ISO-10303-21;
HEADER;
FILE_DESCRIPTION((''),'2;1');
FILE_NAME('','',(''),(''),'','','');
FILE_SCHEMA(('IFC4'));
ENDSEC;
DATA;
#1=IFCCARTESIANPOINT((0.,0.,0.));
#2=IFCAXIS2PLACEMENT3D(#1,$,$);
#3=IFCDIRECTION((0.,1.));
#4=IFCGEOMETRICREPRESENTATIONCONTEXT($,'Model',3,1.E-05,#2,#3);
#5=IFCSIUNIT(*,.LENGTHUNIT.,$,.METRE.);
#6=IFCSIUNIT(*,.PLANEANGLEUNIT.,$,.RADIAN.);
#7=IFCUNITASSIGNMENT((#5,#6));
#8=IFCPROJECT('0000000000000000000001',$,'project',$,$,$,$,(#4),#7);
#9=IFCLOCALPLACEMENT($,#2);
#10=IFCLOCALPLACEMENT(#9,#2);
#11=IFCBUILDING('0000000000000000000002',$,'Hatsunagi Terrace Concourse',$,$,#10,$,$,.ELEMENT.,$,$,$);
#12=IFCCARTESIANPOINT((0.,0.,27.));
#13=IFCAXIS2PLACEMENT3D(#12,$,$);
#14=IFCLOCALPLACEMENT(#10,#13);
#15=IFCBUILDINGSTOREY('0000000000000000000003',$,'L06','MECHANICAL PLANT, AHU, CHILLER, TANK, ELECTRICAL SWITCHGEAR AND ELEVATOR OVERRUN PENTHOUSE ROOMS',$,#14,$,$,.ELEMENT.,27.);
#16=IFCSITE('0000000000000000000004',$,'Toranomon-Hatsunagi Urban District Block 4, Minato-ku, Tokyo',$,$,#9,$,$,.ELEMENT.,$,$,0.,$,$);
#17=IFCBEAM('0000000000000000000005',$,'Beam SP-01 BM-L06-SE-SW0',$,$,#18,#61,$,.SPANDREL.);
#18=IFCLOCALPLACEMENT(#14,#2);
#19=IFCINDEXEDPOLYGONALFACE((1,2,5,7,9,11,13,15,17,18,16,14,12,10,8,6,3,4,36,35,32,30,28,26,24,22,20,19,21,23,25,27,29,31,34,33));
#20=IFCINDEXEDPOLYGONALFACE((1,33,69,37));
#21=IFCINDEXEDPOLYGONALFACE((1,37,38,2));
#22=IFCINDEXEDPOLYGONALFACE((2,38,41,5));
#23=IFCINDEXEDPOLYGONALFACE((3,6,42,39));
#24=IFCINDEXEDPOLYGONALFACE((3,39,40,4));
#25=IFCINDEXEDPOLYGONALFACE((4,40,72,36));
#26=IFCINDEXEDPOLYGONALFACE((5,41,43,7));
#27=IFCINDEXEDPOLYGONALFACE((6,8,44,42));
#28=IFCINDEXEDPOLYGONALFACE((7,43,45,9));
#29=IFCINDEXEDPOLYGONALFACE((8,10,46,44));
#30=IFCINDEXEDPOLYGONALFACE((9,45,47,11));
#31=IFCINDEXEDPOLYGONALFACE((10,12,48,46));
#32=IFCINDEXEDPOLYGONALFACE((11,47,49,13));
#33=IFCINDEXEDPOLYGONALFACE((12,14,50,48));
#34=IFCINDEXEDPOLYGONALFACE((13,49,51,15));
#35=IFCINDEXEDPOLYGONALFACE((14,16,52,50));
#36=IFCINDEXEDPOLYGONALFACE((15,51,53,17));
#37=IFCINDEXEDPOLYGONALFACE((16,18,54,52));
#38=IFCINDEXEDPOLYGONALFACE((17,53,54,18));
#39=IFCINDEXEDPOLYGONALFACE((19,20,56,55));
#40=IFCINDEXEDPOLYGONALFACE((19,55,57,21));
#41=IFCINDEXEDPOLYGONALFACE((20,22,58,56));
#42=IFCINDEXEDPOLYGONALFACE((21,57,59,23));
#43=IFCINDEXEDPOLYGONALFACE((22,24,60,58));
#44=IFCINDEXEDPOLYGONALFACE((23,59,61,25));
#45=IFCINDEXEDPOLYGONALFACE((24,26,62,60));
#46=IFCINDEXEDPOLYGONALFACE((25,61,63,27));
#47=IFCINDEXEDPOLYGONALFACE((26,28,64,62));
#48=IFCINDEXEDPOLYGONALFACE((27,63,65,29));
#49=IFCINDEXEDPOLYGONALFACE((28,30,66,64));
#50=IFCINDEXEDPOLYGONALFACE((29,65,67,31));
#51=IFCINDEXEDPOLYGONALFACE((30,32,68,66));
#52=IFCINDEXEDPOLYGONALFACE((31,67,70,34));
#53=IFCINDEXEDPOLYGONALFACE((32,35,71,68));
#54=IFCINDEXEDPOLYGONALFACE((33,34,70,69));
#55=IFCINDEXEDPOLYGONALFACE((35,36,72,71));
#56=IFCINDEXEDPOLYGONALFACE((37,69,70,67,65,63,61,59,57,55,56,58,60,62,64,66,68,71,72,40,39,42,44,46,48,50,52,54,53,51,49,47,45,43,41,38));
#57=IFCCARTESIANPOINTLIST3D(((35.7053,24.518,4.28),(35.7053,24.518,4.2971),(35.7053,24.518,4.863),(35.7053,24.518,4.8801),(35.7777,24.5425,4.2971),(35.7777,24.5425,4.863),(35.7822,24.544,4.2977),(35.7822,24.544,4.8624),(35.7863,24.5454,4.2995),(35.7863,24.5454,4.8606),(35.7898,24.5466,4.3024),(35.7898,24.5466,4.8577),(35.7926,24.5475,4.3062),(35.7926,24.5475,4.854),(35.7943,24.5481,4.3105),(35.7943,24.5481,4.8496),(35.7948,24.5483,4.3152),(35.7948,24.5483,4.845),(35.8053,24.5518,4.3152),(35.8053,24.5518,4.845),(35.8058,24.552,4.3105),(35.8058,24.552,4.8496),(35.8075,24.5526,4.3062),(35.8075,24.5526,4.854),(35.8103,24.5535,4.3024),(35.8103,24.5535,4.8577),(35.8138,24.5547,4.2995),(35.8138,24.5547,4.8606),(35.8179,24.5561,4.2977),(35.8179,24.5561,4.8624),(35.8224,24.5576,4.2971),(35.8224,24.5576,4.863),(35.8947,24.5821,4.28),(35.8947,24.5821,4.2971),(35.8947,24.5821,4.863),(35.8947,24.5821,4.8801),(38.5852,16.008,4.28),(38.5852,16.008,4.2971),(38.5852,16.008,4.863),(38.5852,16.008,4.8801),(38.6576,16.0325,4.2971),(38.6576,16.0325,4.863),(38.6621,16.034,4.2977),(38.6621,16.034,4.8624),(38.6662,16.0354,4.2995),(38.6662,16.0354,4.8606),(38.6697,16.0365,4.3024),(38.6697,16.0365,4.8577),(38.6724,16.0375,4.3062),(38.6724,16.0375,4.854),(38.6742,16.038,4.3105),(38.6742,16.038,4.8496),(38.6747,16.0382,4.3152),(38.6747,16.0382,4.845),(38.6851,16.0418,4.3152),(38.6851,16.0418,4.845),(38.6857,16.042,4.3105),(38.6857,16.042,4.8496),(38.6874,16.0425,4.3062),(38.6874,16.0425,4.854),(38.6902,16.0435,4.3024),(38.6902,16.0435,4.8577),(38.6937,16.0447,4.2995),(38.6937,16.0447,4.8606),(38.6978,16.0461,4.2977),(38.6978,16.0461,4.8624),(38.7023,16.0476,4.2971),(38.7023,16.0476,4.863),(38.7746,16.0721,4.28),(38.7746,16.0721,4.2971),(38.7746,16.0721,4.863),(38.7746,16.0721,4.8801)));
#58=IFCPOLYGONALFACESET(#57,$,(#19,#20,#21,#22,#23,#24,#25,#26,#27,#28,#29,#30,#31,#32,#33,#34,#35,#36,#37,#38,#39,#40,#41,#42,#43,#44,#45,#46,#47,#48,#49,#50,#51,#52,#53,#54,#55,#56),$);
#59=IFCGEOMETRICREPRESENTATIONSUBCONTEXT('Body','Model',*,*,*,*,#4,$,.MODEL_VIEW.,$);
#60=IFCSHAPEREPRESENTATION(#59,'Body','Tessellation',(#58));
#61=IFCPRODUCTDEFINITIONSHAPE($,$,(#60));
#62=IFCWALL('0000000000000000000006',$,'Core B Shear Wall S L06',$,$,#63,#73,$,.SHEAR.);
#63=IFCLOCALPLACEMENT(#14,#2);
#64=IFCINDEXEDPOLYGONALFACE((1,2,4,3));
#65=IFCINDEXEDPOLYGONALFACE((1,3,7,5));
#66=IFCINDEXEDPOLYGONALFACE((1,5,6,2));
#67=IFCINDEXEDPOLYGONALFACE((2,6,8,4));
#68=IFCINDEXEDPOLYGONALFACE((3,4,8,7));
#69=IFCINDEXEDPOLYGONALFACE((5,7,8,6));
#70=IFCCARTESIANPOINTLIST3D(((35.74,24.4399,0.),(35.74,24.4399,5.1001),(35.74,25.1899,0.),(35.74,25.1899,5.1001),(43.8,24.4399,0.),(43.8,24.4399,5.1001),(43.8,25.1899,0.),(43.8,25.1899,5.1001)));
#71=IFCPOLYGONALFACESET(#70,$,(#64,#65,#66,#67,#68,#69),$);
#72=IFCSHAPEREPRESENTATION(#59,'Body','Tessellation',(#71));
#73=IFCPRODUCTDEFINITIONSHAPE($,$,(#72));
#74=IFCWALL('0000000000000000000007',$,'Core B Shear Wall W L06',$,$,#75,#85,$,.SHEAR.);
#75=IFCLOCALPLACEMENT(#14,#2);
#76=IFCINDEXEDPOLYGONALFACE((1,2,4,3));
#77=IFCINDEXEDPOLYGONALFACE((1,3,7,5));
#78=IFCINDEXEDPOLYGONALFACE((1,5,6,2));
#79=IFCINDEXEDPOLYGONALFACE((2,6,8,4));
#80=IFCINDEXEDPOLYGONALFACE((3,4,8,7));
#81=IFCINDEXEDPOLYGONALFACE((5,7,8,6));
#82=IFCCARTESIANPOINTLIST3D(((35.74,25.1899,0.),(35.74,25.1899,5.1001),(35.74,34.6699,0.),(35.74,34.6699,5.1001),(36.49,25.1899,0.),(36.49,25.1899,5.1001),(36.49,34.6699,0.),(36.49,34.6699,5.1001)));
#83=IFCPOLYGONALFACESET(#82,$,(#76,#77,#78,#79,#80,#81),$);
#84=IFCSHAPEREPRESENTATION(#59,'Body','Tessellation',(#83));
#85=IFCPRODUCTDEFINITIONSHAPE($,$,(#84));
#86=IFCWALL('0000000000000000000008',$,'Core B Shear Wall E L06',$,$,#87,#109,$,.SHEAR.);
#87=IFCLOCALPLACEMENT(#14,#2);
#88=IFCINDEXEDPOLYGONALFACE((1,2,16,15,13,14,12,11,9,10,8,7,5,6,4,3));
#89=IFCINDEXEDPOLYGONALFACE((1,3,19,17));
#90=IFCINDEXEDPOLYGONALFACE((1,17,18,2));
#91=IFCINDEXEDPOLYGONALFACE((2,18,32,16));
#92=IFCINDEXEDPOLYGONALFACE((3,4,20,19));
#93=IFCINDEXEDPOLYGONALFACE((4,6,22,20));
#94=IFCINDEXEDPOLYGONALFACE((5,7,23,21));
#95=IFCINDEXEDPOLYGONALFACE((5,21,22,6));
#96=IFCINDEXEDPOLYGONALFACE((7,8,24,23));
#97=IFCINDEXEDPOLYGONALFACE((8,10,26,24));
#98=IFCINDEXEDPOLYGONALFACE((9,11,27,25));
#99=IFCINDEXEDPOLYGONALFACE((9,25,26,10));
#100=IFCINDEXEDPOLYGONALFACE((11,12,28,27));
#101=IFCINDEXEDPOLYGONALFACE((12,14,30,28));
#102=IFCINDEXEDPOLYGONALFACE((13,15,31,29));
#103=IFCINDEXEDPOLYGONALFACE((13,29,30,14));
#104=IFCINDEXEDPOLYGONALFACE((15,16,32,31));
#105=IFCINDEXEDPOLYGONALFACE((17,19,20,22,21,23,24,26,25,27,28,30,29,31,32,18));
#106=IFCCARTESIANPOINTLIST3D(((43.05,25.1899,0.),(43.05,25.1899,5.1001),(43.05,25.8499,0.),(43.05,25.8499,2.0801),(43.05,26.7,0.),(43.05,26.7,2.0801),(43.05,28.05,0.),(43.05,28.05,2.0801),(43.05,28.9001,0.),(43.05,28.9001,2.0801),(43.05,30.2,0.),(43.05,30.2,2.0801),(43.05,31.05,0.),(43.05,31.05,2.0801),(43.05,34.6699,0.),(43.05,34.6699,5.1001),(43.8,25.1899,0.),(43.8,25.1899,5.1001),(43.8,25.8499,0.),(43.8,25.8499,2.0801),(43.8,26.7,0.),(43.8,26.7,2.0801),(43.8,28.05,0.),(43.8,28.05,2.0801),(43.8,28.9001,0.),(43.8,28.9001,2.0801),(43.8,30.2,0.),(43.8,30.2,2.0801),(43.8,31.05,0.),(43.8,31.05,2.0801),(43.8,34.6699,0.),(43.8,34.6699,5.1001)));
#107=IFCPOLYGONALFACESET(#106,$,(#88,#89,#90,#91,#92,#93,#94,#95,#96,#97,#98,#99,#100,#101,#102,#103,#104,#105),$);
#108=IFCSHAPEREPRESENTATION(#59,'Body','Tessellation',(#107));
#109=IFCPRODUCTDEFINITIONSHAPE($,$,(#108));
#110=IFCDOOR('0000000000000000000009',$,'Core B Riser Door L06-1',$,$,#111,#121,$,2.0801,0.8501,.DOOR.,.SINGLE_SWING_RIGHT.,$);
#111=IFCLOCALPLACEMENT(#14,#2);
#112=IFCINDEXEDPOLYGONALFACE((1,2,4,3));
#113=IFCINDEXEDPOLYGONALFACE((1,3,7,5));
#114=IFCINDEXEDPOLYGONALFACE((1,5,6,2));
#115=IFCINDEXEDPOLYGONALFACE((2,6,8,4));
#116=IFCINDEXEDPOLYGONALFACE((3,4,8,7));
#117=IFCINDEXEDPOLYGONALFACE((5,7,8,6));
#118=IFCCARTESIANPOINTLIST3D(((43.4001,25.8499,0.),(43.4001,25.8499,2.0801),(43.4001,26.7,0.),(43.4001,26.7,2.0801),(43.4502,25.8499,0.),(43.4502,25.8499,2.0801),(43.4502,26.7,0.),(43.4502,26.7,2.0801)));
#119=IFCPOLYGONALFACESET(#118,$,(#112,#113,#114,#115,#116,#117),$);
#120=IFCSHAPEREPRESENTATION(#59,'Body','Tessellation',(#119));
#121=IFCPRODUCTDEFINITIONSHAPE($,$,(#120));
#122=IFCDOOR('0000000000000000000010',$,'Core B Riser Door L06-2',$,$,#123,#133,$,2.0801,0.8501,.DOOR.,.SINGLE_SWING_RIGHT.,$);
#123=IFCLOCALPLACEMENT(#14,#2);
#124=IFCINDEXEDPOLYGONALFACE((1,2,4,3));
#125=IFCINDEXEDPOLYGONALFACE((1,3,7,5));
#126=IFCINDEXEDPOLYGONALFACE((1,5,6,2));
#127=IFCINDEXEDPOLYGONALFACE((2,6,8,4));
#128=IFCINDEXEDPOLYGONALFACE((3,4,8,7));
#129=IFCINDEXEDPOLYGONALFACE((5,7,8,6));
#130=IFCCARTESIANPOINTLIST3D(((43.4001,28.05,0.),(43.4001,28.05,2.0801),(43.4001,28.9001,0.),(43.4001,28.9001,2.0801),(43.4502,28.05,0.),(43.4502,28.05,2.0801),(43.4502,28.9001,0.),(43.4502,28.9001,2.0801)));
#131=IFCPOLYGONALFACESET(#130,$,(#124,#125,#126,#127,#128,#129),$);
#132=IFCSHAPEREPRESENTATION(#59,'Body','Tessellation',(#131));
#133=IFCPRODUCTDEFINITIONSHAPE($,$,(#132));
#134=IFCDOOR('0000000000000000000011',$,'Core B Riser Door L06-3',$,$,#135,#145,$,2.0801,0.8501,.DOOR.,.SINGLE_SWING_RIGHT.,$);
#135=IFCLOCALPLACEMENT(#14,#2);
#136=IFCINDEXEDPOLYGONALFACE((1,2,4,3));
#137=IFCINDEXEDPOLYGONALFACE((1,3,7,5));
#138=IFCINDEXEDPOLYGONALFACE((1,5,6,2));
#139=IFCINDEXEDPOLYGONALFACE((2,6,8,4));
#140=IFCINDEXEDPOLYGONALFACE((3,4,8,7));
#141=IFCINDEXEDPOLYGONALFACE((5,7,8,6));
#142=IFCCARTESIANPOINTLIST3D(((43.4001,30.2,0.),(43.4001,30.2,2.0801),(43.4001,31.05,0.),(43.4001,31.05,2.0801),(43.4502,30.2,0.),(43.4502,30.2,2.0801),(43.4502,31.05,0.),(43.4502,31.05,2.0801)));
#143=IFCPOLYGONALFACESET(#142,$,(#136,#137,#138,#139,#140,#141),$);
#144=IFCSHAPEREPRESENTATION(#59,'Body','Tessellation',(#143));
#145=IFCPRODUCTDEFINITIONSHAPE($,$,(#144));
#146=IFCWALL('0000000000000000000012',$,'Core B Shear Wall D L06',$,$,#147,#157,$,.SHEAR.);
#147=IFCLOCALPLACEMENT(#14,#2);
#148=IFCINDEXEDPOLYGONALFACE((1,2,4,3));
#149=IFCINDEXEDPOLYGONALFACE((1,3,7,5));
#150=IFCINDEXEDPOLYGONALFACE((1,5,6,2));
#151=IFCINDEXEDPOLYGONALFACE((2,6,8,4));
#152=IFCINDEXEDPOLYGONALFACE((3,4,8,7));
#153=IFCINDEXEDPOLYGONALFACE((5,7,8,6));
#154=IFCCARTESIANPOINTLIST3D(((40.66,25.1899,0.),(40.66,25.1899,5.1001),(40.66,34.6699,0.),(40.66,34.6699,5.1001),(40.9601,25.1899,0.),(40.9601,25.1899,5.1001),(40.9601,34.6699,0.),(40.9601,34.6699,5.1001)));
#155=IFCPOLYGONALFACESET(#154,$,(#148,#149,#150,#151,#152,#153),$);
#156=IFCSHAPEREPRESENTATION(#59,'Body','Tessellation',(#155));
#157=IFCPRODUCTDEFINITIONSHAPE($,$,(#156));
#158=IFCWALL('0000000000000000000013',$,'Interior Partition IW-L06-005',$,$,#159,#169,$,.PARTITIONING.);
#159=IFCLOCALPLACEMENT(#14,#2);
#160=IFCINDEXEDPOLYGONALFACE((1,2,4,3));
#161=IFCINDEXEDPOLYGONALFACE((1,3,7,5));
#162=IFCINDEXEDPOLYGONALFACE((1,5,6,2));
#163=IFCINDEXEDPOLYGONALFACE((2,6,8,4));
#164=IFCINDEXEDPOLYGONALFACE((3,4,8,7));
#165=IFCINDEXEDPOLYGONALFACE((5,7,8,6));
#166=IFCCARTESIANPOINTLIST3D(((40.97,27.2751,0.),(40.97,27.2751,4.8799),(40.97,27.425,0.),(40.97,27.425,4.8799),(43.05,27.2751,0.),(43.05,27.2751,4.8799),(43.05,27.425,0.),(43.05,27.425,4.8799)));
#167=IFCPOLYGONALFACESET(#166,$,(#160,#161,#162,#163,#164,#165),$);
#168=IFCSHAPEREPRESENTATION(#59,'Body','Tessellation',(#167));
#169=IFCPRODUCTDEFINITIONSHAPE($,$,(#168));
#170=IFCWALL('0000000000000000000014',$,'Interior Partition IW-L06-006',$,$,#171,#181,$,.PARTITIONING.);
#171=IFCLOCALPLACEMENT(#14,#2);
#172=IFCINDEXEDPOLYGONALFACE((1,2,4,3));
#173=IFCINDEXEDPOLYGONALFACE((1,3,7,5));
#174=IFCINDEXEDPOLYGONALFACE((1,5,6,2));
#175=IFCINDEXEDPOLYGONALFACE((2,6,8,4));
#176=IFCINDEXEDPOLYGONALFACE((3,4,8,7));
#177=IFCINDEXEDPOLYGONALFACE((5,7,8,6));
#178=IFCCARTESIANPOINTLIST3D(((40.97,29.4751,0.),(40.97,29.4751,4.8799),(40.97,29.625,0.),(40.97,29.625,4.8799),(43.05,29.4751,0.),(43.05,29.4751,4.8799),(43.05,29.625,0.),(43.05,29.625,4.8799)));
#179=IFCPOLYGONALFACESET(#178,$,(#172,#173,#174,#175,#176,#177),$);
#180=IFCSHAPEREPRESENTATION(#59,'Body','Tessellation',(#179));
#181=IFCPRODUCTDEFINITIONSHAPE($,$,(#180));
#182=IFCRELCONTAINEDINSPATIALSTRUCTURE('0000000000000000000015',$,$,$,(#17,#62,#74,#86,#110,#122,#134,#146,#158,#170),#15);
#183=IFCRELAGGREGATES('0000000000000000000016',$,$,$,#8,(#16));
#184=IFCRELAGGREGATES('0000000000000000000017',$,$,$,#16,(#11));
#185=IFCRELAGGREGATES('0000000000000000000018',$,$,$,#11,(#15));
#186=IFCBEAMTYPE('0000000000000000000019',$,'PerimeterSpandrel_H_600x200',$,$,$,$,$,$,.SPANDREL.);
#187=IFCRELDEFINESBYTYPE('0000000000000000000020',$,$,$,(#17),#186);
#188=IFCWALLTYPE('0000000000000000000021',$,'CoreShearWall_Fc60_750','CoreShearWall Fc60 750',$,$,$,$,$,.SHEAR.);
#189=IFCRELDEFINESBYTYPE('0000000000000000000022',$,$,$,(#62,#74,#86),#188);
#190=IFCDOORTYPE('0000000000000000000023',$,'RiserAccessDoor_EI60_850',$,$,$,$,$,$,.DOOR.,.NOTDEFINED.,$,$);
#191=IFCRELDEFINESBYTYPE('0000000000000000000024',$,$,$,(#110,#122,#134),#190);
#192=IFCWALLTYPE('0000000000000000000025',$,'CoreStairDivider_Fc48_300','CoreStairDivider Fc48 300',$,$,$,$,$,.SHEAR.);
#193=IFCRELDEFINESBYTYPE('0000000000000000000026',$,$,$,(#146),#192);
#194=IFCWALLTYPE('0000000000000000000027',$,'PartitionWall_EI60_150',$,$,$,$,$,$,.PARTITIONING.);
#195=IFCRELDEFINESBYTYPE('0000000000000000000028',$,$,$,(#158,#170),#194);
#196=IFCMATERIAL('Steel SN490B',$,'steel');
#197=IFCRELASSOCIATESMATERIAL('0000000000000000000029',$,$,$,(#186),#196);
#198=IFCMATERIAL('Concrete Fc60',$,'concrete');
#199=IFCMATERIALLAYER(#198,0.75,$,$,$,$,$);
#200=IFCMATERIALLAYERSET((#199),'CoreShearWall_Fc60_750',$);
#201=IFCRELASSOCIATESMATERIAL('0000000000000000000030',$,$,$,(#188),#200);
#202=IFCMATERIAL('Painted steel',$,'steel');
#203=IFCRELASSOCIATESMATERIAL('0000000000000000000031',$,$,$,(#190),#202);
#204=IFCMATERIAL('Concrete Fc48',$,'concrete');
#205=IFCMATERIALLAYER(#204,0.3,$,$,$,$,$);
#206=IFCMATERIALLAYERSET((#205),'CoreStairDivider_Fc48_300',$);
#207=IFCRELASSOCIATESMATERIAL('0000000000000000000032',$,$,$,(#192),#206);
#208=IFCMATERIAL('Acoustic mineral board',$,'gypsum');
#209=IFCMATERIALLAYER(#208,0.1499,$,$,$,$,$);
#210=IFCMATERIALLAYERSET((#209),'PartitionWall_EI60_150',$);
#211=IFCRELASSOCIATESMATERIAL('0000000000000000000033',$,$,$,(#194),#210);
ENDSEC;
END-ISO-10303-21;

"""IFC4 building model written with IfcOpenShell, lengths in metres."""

from ifc_helpers import new_model, si_unit, direction, frame, frame_2d, origin, origin_2d, place, context, subcontext, project, spatial, rectangle, i_section, extrude, material, layer, layer_set, material_profile, profile_set, type_object, element, fill, save


model = new_model("IFC4")

# Units and contexts
model_context = context("Model", 3, precision=1e-05, world=origin(), true_north=direction((0.0, 1.0)))
body_context = subcontext(model_context, "Body", "Model", "MODEL_VIEW")
ifc_project = project(units=[si_unit("LENGTHUNIT", "METRE"), si_unit("PLANEANGLEUNIT", "RADIAN")], contexts=[model_context])

# Site, building, storey
site_placement = place(None, origin())
site = spatial("IfcSite", under=ifc_project, at=site_placement, Name="Toranomon-Hatsunagi Urban District Block 4, Minato-ku, Tokyo", CompositionType="ELEMENT", RefElevation=0.0)
building_placement = place(site_placement, origin())
building = spatial("IfcBuilding", under=site, at=building_placement, Name="Hatsunagi Terrace Concourse", CompositionType="ELEMENT")
storey_placement = place(building_placement, frame((0.0, 0.0, 27.0)))
storey = spatial("IfcBuildingStorey", under=building, at=storey_placement, Name="L06", Description="MECHANICAL PLANT, AHU, CHILLER, TANK, ELECTRICAL SWITCHGEAR AND ELEVATOR OVERRUN PENTHOUSE ROOMS", CompositionType="ELEMENT", Elevation=27.0)

# Beam
ifc_material_1 = material(Name="Steel SN490B", Category="steel")
ifc_material_profile_1 = material_profile(ifc_material_1, i_section(OverallWidth=0.2, OverallDepth=0.6001, WebThickness=0.011, FlangeThickness=0.0171, FilletRadius=0.0181, at=origin_2d()), Name="H-600x200x11x17")
ifc_profile_set_1 = profile_set([ifc_material_profile_1], Name="Steel SN490B")
beam_type_1 = type_object("IfcBeamType", Name="PerimeterSpandrel_H_600x200", PredefinedType="SPANDREL", material=ifc_profile_set_1)
beam_1_placement = place(storey_placement, frame((35.8, 24.55, 4.5801), z_axis=(0.320553, -0.94723, 0.0), x_axis=(0.94723, 0.320553, 0.0)))
element("IfcBeam", 1, at=beam_1_placement, inside=storey, type_object=beam_type_1, Name="Beam SP-01 BM-L06-SE-SW0", PredefinedType="SPANDREL", context=body_context, shape_type="SweptSolid", body=[
    extrude(i_section(OverallWidth=0.2, OverallDepth=0.6001, WebThickness=0.011, FlangeThickness=0.0171, FilletRadius=0.0181, at=origin_2d()), origin(), (0.0, 0.0, 1.0), 8.9841),
])

# Walls
ifc_material_2 = material(Name="Concrete Fc60", Category="concrete")
ifc_layer_1 = layer(ifc_material_2, 0.75)
ifc_layer_set_1 = layer_set([ifc_layer_1], Name="CoreShearWall_Fc60_750")
wall_type_1 = type_object("IfcWallType", Name="CoreShearWall_Fc60_750", Description="CoreShearWall Fc60 750", PredefinedType="SHEAR", material=ifc_layer_set_1)
wall_1_placement = place(storey_placement, frame((35.74, 24.8149, 0.0), z_axis=(0.0, 0.0, 1.0), x_axis=(1.0, 0.0, 0.0)))
element("IfcWall", 2, at=wall_1_placement, inside=storey, type_object=wall_type_1, Name="Core B Shear Wall S L06", PredefinedType="SHEAR", context=body_context, shape_type="SweptSolid", body=[
    extrude(rectangle(XDim=8.0601, YDim=0.75, at=frame_2d((4.03, 0.0))), origin(), (0.0, 0.0, 1.0), 5.1001),
])
wall_2_placement = place(storey_placement, frame((36.115, 25.1899, 0.0), z_axis=(0.0, 0.0, 1.0), x_axis=(0.0, 1.0, 0.0)))
element("IfcWall", 3, at=wall_2_placement, inside=storey, type_object=wall_type_1, Name="Core B Shear Wall W L06", PredefinedType="SHEAR", context=body_context, shape_type="SweptSolid", body=[
    extrude(rectangle(XDim=9.48, YDim=0.75, at=frame_2d((4.74, 0.0))), origin(), (0.0, 0.0, 1.0), 5.1001),
])

# Wall, openings, doors
wall_3_placement = place(storey_placement, frame((43.425, 25.1899, 0.0), z_axis=(0.0, 0.0, 1.0), x_axis=(0.0, 1.0, 0.0)))
wall_3 = element("IfcWall", 4, at=wall_3_placement, inside=storey, type_object=wall_type_1, Name="Core B Shear Wall E L06", PredefinedType="SHEAR", context=body_context, shape_type="SweptSolid", body=[
    extrude(rectangle(XDim=9.48, YDim=0.75, at=frame_2d((4.74, 0.0))), origin(), (0.0, 0.0, 1.0), 5.1001),
])
opening_1_placement = place(wall_3_placement, frame((0.6599, 0.0, 0.0)))
opening_1 = element("IfcOpeningElement", 5, at=opening_1_placement, cuts=wall_3, PredefinedType="OPENING", context=body_context, shape_type="SweptSolid", body=[
    extrude(rectangle(XDim=0.8501, YDim=2.0801, at=frame_2d((0.425, 1.04))), frame((0.0, 0.385, 0.0), z_axis=(0.0, -1.0, 0.0), x_axis=(1.0, 0.0, 0.0)), (0.0, 0.0, 1.0), 0.77),
])
opening_2_placement = place(wall_3_placement, frame((2.8601, 0.0, 0.0)))
opening_2 = element("IfcOpeningElement", 6, at=opening_2_placement, cuts=wall_3, PredefinedType="OPENING", context=body_context, shape_type="SweptSolid", body=[
    extrude(rectangle(XDim=0.8501, YDim=2.0801, at=frame_2d((0.425, 1.04))), frame((0.0, 0.385, 0.0), z_axis=(0.0, -1.0, 0.0), x_axis=(1.0, 0.0, 0.0)), (0.0, 0.0, 1.0), 0.77),
])
opening_3_placement = place(wall_3_placement, frame((5.01, 0.0, 0.0)))
opening_3 = element("IfcOpeningElement", 7, at=opening_3_placement, cuts=wall_3, PredefinedType="OPENING", context=body_context, shape_type="SweptSolid", body=[
    extrude(rectangle(XDim=0.8501, YDim=2.0801, at=frame_2d((0.425, 1.04))), frame((0.0, 0.385, 0.0), z_axis=(0.0, -1.0, 0.0), x_axis=(1.0, 0.0, 0.0)), (0.0, 0.0, 1.0), 0.77),
])
ifc_material_3 = material(Name="Painted steel", Category="steel")
door_type_1 = type_object("IfcDoorType", Name="RiserAccessDoor_EI60_850", OperationType="NOTDEFINED", PredefinedType="DOOR", material=ifc_material_3)
door_1_placement = place(opening_1_placement, origin())
door_1 = element("IfcDoor", 8, at=door_1_placement, inside=storey, type_object=door_type_1, Name="Core B Riser Door L06-1", OperationType="SINGLE_SWING_RIGHT", OverallHeight=2.0801, OverallWidth=0.8501, PredefinedType="DOOR", context=body_context, shape_type="SweptSolid", body=[
    extrude(rectangle(XDim=0.8501, YDim=2.0801, at=frame_2d((0.425, 1.04))), frame((0.0, 0.0249, 0.0), z_axis=(0.0, -1.0, 0.0), x_axis=(1.0, 0.0, 0.0)), (0.0, 0.0, 1.0), 0.05),
])
fill(opening_1, door_1)
door_2_placement = place(opening_2_placement, origin())
door_2 = element("IfcDoor", 9, at=door_2_placement, inside=storey, type_object=door_type_1, Name="Core B Riser Door L06-2", OperationType="SINGLE_SWING_RIGHT", OverallHeight=2.0801, OverallWidth=0.8501, PredefinedType="DOOR", context=body_context, shape_type="SweptSolid", body=[
    extrude(rectangle(XDim=0.8501, YDim=2.0801, at=frame_2d((0.425, 1.04))), frame((0.0, 0.0249, 0.0), z_axis=(0.0, -1.0, 0.0), x_axis=(1.0, 0.0, 0.0)), (0.0, 0.0, 1.0), 0.05),
])
fill(opening_2, door_2)
door_3_placement = place(opening_3_placement, origin())
door_3 = element("IfcDoor", 10, at=door_3_placement, inside=storey, type_object=door_type_1, Name="Core B Riser Door L06-3", OperationType="SINGLE_SWING_RIGHT", OverallHeight=2.0801, OverallWidth=0.8501, PredefinedType="DOOR", context=body_context, shape_type="SweptSolid", body=[
    extrude(rectangle(XDim=0.8501, YDim=2.0801, at=frame_2d((0.425, 1.04))), frame((0.0, 0.0249, 0.0), z_axis=(0.0, -1.0, 0.0), x_axis=(1.0, 0.0, 0.0)), (0.0, 0.0, 1.0), 0.05),
])
fill(opening_3, door_3)

# Walls
ifc_material_4 = material(Name="Concrete Fc48", Category="concrete")
ifc_layer_2 = layer(ifc_material_4, 0.3)
ifc_layer_set_2 = layer_set([ifc_layer_2], Name="CoreStairDivider_Fc48_300")
wall_type_2 = type_object("IfcWallType", Name="CoreStairDivider_Fc48_300", Description="CoreStairDivider Fc48 300", PredefinedType="SHEAR", material=ifc_layer_set_2)
wall_4_placement = place(storey_placement, frame((40.8101, 25.1899, 0.0), z_axis=(0.0, 0.0, 1.0), x_axis=(0.0, 1.0, 0.0)))
element("IfcWall", 11, at=wall_4_placement, inside=storey, type_object=wall_type_2, Name="Core B Shear Wall D L06", PredefinedType="SHEAR", context=body_context, shape_type="SweptSolid", body=[
    extrude(rectangle(XDim=9.48, YDim=0.3, at=frame_2d((4.74, 0.0))), origin(), (0.0, 0.0, 1.0), 5.1001),
])
ifc_material_5 = material(Name="Acoustic mineral board", Category="gypsum")
ifc_layer_3 = layer(ifc_material_5, 0.1499)
ifc_layer_set_3 = layer_set([ifc_layer_3], Name="PartitionWall_EI60_150")
wall_type_3 = type_object("IfcWallType", Name="PartitionWall_EI60_150", PredefinedType="PARTITIONING", material=ifc_layer_set_3)
for number, where, z_axis, x_axis, name in (
    (12, (40.97, 27.3501, 0.0), (0.0, 0.0, 1.0), (1.0, 0.0, 0.0), "Interior Partition IW-L06-005"),
    (13, (40.97, 29.55, 0.0), (0.0, 0.0, 1.0), (1.0, 0.0, 0.0), "Interior Partition IW-L06-006"),
):
    element("IfcWall", number, at=place(storey_placement, frame(where, z_axis=z_axis, x_axis=x_axis)), inside=storey, type_object=wall_type_3, Name=name, PredefinedType="PARTITIONING", context=body_context, shape_type="SweptSolid", body=[
        extrude(rectangle(XDim=2.0801, YDim=0.1499, at=frame_2d((1.04, 0.0))), origin(), (0.0, 0.0, 1.0), 4.8799),
    ])

save(model, "model.ifc")
